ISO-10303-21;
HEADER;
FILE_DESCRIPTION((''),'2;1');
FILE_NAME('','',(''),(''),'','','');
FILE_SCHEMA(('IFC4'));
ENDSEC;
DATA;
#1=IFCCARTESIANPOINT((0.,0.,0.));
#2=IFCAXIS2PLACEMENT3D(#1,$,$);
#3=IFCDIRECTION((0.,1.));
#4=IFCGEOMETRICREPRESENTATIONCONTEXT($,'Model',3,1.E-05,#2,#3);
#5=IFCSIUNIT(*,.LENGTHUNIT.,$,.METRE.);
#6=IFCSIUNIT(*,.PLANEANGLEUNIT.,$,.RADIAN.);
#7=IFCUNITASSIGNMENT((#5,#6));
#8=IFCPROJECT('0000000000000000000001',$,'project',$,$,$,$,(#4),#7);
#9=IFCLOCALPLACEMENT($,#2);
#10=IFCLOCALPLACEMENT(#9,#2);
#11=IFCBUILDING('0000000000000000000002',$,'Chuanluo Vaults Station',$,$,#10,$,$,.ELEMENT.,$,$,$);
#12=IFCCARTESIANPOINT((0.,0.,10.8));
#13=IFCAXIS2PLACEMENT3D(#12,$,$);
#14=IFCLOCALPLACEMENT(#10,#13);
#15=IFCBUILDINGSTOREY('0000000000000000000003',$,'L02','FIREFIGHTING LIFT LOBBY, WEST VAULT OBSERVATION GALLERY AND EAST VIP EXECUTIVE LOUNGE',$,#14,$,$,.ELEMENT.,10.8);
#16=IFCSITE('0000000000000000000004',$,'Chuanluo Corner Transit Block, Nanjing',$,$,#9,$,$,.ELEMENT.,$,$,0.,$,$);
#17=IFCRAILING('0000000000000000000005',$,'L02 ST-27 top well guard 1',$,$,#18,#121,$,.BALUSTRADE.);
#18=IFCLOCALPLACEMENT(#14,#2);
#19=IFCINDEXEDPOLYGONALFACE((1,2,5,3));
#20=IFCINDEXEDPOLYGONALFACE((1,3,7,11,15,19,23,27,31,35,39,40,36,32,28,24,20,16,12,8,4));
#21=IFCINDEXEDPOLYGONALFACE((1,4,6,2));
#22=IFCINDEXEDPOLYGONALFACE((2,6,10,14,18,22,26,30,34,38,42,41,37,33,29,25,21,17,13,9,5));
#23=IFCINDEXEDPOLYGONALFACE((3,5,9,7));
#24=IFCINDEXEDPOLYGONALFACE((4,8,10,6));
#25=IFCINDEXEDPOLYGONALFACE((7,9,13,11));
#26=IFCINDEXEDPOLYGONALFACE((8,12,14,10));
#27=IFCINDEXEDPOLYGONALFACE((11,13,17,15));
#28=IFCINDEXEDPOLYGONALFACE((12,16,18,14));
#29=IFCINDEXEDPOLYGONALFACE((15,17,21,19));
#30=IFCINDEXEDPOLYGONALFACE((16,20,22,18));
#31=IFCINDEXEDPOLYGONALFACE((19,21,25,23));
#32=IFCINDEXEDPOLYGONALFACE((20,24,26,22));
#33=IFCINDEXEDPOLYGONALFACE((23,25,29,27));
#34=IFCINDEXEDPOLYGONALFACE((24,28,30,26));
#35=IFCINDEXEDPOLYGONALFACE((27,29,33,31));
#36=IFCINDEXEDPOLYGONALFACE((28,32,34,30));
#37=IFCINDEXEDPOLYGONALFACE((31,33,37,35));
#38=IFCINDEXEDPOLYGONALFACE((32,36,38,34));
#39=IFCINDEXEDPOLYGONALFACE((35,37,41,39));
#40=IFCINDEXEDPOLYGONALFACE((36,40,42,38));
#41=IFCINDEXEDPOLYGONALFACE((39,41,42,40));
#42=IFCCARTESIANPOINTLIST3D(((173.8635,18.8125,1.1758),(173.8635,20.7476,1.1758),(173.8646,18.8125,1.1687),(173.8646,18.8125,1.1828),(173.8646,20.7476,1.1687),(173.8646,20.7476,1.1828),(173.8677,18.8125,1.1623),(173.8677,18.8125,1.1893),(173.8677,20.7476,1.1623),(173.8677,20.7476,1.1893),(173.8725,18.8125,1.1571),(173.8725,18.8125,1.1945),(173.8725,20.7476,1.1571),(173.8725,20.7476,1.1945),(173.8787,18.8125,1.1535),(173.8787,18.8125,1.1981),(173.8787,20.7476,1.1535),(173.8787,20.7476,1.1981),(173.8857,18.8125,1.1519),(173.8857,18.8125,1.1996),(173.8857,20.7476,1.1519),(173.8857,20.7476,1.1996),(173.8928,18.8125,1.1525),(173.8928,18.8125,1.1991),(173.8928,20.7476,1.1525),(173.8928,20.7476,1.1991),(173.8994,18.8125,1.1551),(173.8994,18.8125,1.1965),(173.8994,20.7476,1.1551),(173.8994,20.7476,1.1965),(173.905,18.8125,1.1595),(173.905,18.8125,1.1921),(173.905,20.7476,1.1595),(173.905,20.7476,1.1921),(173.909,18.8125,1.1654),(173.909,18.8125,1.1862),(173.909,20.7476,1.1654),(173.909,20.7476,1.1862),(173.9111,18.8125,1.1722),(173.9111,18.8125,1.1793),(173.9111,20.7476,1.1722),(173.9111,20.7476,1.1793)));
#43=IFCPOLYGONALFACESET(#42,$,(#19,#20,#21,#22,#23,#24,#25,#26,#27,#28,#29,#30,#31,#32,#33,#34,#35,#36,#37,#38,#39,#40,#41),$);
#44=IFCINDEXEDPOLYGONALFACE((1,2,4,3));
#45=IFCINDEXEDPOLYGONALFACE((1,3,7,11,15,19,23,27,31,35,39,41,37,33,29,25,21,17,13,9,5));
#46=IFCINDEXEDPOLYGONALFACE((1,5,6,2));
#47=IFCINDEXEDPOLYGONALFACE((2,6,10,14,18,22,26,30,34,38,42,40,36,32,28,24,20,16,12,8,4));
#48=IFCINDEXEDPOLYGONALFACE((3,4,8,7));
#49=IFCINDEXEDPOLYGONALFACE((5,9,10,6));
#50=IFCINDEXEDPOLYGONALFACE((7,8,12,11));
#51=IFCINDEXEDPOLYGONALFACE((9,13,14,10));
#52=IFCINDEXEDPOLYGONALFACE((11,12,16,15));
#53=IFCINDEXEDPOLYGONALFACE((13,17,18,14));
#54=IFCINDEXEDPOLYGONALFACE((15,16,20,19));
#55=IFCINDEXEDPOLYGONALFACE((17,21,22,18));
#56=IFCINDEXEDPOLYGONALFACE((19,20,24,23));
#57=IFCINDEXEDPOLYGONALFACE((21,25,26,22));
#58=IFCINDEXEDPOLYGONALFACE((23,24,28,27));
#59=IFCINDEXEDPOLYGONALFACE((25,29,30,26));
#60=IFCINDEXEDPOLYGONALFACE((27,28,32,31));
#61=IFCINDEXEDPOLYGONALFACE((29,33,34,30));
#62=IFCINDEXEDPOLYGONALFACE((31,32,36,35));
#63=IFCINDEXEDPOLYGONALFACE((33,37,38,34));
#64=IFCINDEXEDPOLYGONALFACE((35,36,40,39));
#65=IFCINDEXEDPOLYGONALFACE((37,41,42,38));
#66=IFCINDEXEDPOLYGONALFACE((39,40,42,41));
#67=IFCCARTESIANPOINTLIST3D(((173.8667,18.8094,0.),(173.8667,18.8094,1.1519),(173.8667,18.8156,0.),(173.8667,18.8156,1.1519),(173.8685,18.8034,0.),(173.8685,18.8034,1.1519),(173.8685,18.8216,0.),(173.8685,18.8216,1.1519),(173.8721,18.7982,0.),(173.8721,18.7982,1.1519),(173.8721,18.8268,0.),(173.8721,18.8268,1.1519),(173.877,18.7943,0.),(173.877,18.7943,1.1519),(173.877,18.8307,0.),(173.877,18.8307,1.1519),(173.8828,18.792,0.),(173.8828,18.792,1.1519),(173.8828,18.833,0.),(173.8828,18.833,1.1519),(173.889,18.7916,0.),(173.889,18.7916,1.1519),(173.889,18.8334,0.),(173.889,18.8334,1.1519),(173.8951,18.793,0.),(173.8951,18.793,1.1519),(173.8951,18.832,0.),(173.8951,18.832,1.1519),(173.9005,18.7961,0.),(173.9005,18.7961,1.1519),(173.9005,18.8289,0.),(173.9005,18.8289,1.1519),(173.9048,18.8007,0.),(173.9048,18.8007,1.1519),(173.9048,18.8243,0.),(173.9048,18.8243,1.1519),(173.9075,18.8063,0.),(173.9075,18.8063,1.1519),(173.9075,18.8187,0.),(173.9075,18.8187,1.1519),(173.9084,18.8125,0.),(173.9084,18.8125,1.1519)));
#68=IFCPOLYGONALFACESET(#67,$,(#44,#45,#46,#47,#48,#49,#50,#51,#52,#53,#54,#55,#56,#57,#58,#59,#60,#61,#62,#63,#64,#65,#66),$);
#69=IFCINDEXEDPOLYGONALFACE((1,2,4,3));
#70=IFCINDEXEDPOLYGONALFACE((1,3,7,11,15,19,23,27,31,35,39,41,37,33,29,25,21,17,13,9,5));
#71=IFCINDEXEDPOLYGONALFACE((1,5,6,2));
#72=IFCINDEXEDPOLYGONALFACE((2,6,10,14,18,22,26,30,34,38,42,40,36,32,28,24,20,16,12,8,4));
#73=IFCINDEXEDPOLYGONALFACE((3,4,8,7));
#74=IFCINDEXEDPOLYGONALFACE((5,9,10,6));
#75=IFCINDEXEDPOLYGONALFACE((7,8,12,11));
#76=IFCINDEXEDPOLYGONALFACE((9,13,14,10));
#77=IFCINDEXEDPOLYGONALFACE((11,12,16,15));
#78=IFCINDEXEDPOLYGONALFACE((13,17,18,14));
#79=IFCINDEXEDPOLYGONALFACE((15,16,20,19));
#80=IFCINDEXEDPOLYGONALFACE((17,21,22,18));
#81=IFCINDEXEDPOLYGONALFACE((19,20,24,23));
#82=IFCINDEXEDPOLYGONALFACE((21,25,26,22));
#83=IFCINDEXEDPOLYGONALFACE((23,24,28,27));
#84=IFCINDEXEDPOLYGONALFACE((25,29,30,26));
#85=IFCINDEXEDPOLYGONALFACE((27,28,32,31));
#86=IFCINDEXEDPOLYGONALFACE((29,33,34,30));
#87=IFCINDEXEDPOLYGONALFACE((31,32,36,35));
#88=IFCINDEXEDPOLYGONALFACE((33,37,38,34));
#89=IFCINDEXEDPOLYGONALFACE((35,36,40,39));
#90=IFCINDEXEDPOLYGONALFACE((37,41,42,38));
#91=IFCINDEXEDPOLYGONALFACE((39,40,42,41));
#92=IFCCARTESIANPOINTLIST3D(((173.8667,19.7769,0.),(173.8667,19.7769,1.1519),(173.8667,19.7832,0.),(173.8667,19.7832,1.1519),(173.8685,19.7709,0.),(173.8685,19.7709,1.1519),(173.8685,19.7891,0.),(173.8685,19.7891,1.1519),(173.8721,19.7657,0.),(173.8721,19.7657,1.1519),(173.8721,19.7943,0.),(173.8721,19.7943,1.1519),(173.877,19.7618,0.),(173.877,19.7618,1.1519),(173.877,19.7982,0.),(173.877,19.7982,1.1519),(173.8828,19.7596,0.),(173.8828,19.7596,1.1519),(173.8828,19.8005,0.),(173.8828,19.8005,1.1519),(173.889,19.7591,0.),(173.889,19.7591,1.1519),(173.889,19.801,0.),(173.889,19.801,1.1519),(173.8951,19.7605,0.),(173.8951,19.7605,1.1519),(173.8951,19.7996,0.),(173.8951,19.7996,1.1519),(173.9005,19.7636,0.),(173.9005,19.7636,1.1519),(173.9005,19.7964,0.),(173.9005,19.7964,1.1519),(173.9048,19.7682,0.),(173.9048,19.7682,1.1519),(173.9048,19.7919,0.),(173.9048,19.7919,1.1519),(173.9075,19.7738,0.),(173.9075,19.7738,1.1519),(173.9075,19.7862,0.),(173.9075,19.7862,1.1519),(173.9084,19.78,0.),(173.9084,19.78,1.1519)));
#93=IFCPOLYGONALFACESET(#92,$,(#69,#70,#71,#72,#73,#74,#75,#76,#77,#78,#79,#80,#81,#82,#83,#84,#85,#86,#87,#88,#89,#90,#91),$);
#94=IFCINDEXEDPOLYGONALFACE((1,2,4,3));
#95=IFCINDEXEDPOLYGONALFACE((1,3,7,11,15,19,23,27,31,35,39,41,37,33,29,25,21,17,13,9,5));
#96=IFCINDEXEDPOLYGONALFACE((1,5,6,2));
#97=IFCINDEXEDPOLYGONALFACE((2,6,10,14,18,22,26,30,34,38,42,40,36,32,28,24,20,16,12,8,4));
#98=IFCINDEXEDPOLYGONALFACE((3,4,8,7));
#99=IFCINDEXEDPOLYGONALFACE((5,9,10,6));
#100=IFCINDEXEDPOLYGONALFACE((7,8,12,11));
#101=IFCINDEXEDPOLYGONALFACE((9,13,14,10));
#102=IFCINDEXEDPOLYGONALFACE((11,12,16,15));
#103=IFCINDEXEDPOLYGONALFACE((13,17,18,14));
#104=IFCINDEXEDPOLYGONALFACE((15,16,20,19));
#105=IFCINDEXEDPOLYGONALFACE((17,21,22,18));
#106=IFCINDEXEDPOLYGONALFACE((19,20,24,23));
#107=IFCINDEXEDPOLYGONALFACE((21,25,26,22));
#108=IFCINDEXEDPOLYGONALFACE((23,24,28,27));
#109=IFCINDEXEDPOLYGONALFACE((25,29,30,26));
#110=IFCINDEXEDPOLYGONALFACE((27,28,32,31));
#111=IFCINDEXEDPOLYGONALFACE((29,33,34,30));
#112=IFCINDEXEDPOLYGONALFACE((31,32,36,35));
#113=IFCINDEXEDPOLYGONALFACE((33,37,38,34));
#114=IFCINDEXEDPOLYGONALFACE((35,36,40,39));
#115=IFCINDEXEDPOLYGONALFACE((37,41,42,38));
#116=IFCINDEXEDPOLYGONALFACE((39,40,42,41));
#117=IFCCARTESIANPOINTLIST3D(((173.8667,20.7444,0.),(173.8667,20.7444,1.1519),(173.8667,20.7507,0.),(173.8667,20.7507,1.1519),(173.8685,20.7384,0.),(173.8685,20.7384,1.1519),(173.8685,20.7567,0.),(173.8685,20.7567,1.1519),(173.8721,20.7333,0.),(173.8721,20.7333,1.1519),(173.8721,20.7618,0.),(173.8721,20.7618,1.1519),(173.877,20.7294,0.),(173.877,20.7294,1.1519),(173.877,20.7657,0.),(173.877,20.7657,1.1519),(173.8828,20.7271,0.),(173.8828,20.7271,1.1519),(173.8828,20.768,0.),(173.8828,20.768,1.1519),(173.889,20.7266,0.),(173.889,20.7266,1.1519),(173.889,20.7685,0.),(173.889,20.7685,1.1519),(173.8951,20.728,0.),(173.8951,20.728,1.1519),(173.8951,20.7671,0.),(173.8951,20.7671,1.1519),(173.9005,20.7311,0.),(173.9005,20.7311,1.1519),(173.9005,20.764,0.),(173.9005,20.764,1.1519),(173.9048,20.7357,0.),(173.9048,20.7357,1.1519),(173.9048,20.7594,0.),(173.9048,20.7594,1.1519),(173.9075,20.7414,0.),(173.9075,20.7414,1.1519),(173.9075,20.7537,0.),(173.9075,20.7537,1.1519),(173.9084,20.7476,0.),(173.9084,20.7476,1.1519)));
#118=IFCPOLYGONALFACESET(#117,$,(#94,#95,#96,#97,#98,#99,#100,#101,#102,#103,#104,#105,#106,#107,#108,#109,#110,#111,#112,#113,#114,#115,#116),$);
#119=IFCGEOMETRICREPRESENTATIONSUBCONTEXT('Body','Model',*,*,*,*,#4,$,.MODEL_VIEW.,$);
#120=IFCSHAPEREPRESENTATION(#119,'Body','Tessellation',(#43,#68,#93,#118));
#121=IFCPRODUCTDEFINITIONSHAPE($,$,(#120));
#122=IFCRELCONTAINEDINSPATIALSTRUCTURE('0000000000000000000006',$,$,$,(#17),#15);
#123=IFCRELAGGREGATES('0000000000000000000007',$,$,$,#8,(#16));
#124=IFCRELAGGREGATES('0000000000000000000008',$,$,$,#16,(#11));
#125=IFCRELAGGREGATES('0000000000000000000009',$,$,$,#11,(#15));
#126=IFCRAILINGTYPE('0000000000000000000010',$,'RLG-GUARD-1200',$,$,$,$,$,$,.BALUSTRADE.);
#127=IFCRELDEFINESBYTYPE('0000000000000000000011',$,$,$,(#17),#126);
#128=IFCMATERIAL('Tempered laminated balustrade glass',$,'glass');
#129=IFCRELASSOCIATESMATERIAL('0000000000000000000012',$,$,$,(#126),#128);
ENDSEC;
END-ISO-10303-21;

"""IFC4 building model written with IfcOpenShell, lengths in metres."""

from ifc_helpers import new_model, si_unit, direction, frame, origin, origin_2d, place, context, subcontext, project, spatial, circle, extrude, material, type_object, element, save


model = new_model("IFC4")

# Units and contexts
model_context = context("Model", 3, precision=1e-05, world=origin(), true_north=direction((0.0, 1.0)))
body_context = subcontext(model_context, "Body", "Model", "MODEL_VIEW")
ifc_project = project(units=[si_unit("LENGTHUNIT", "METRE"), si_unit("PLANEANGLEUNIT", "RADIAN")], contexts=[model_context])

# Site, building, storey
site_placement = place(None, origin())
site = spatial("IfcSite", under=ifc_project, at=site_placement, Name="Chuanluo Corner Transit Block, Nanjing", CompositionType="ELEMENT", RefElevation=0.0)
building_placement = place(site_placement, origin())
building = spatial("IfcBuilding", under=site, at=building_placement, Name="Chuanluo Vaults Station", CompositionType="ELEMENT")
storey_placement = place(building_placement, frame((0.0, 0.0, 10.8)))
storey = spatial("IfcBuildingStorey", under=building, at=storey_placement, Name="L02", Description="FIREFIGHTING LIFT LOBBY, WEST VAULT OBSERVATION GALLERY AND EAST VIP EXECUTIVE LOUNGE", CompositionType="ELEMENT", Elevation=10.8)

# Railing
ifc_material_1 = material(Name="Tempered laminated balustrade glass", Category="glass")
railing_type = type_object("IfcRailingType", Name="RLG-GUARD-1200", PredefinedType="BALUSTRADE", material=ifc_material_1)
railing_1_placement = place(storey_placement, frame((173.8875, 18.8125, 0.0)))
element("IfcRailing", 1, at=railing_1_placement, inside=storey, type_object=railing_type, Name="L02 ST-27 top well guard 1", PredefinedType="BALUSTRADE", context=body_context, shape_type="SweptSolid", body=[
    extrude(circle(Radius=0.0239, at=origin_2d()), frame((0.0, 0.0, 1.1758), z_axis=(0.0, 1.0, 0.0), x_axis=(-1.0, 0.0, 0.0)), (0.0, 0.0, 1.0), 1.9351),
    extrude(circle(Radius=0.021, at=origin_2d()), origin(), (0.0, 0.0, 1.0), 1.1519),
    extrude(circle(Radius=0.021, at=origin_2d()), frame((0.0, 0.9675, 0.0)), (0.0, 0.0, 1.0), 1.1519),
    extrude(circle(Radius=0.021, at=origin_2d()), frame((0.0, 1.9351, 0.0)), (0.0, 0.0, 1.0), 1.1519),
])

save(model, "model.ifc")
